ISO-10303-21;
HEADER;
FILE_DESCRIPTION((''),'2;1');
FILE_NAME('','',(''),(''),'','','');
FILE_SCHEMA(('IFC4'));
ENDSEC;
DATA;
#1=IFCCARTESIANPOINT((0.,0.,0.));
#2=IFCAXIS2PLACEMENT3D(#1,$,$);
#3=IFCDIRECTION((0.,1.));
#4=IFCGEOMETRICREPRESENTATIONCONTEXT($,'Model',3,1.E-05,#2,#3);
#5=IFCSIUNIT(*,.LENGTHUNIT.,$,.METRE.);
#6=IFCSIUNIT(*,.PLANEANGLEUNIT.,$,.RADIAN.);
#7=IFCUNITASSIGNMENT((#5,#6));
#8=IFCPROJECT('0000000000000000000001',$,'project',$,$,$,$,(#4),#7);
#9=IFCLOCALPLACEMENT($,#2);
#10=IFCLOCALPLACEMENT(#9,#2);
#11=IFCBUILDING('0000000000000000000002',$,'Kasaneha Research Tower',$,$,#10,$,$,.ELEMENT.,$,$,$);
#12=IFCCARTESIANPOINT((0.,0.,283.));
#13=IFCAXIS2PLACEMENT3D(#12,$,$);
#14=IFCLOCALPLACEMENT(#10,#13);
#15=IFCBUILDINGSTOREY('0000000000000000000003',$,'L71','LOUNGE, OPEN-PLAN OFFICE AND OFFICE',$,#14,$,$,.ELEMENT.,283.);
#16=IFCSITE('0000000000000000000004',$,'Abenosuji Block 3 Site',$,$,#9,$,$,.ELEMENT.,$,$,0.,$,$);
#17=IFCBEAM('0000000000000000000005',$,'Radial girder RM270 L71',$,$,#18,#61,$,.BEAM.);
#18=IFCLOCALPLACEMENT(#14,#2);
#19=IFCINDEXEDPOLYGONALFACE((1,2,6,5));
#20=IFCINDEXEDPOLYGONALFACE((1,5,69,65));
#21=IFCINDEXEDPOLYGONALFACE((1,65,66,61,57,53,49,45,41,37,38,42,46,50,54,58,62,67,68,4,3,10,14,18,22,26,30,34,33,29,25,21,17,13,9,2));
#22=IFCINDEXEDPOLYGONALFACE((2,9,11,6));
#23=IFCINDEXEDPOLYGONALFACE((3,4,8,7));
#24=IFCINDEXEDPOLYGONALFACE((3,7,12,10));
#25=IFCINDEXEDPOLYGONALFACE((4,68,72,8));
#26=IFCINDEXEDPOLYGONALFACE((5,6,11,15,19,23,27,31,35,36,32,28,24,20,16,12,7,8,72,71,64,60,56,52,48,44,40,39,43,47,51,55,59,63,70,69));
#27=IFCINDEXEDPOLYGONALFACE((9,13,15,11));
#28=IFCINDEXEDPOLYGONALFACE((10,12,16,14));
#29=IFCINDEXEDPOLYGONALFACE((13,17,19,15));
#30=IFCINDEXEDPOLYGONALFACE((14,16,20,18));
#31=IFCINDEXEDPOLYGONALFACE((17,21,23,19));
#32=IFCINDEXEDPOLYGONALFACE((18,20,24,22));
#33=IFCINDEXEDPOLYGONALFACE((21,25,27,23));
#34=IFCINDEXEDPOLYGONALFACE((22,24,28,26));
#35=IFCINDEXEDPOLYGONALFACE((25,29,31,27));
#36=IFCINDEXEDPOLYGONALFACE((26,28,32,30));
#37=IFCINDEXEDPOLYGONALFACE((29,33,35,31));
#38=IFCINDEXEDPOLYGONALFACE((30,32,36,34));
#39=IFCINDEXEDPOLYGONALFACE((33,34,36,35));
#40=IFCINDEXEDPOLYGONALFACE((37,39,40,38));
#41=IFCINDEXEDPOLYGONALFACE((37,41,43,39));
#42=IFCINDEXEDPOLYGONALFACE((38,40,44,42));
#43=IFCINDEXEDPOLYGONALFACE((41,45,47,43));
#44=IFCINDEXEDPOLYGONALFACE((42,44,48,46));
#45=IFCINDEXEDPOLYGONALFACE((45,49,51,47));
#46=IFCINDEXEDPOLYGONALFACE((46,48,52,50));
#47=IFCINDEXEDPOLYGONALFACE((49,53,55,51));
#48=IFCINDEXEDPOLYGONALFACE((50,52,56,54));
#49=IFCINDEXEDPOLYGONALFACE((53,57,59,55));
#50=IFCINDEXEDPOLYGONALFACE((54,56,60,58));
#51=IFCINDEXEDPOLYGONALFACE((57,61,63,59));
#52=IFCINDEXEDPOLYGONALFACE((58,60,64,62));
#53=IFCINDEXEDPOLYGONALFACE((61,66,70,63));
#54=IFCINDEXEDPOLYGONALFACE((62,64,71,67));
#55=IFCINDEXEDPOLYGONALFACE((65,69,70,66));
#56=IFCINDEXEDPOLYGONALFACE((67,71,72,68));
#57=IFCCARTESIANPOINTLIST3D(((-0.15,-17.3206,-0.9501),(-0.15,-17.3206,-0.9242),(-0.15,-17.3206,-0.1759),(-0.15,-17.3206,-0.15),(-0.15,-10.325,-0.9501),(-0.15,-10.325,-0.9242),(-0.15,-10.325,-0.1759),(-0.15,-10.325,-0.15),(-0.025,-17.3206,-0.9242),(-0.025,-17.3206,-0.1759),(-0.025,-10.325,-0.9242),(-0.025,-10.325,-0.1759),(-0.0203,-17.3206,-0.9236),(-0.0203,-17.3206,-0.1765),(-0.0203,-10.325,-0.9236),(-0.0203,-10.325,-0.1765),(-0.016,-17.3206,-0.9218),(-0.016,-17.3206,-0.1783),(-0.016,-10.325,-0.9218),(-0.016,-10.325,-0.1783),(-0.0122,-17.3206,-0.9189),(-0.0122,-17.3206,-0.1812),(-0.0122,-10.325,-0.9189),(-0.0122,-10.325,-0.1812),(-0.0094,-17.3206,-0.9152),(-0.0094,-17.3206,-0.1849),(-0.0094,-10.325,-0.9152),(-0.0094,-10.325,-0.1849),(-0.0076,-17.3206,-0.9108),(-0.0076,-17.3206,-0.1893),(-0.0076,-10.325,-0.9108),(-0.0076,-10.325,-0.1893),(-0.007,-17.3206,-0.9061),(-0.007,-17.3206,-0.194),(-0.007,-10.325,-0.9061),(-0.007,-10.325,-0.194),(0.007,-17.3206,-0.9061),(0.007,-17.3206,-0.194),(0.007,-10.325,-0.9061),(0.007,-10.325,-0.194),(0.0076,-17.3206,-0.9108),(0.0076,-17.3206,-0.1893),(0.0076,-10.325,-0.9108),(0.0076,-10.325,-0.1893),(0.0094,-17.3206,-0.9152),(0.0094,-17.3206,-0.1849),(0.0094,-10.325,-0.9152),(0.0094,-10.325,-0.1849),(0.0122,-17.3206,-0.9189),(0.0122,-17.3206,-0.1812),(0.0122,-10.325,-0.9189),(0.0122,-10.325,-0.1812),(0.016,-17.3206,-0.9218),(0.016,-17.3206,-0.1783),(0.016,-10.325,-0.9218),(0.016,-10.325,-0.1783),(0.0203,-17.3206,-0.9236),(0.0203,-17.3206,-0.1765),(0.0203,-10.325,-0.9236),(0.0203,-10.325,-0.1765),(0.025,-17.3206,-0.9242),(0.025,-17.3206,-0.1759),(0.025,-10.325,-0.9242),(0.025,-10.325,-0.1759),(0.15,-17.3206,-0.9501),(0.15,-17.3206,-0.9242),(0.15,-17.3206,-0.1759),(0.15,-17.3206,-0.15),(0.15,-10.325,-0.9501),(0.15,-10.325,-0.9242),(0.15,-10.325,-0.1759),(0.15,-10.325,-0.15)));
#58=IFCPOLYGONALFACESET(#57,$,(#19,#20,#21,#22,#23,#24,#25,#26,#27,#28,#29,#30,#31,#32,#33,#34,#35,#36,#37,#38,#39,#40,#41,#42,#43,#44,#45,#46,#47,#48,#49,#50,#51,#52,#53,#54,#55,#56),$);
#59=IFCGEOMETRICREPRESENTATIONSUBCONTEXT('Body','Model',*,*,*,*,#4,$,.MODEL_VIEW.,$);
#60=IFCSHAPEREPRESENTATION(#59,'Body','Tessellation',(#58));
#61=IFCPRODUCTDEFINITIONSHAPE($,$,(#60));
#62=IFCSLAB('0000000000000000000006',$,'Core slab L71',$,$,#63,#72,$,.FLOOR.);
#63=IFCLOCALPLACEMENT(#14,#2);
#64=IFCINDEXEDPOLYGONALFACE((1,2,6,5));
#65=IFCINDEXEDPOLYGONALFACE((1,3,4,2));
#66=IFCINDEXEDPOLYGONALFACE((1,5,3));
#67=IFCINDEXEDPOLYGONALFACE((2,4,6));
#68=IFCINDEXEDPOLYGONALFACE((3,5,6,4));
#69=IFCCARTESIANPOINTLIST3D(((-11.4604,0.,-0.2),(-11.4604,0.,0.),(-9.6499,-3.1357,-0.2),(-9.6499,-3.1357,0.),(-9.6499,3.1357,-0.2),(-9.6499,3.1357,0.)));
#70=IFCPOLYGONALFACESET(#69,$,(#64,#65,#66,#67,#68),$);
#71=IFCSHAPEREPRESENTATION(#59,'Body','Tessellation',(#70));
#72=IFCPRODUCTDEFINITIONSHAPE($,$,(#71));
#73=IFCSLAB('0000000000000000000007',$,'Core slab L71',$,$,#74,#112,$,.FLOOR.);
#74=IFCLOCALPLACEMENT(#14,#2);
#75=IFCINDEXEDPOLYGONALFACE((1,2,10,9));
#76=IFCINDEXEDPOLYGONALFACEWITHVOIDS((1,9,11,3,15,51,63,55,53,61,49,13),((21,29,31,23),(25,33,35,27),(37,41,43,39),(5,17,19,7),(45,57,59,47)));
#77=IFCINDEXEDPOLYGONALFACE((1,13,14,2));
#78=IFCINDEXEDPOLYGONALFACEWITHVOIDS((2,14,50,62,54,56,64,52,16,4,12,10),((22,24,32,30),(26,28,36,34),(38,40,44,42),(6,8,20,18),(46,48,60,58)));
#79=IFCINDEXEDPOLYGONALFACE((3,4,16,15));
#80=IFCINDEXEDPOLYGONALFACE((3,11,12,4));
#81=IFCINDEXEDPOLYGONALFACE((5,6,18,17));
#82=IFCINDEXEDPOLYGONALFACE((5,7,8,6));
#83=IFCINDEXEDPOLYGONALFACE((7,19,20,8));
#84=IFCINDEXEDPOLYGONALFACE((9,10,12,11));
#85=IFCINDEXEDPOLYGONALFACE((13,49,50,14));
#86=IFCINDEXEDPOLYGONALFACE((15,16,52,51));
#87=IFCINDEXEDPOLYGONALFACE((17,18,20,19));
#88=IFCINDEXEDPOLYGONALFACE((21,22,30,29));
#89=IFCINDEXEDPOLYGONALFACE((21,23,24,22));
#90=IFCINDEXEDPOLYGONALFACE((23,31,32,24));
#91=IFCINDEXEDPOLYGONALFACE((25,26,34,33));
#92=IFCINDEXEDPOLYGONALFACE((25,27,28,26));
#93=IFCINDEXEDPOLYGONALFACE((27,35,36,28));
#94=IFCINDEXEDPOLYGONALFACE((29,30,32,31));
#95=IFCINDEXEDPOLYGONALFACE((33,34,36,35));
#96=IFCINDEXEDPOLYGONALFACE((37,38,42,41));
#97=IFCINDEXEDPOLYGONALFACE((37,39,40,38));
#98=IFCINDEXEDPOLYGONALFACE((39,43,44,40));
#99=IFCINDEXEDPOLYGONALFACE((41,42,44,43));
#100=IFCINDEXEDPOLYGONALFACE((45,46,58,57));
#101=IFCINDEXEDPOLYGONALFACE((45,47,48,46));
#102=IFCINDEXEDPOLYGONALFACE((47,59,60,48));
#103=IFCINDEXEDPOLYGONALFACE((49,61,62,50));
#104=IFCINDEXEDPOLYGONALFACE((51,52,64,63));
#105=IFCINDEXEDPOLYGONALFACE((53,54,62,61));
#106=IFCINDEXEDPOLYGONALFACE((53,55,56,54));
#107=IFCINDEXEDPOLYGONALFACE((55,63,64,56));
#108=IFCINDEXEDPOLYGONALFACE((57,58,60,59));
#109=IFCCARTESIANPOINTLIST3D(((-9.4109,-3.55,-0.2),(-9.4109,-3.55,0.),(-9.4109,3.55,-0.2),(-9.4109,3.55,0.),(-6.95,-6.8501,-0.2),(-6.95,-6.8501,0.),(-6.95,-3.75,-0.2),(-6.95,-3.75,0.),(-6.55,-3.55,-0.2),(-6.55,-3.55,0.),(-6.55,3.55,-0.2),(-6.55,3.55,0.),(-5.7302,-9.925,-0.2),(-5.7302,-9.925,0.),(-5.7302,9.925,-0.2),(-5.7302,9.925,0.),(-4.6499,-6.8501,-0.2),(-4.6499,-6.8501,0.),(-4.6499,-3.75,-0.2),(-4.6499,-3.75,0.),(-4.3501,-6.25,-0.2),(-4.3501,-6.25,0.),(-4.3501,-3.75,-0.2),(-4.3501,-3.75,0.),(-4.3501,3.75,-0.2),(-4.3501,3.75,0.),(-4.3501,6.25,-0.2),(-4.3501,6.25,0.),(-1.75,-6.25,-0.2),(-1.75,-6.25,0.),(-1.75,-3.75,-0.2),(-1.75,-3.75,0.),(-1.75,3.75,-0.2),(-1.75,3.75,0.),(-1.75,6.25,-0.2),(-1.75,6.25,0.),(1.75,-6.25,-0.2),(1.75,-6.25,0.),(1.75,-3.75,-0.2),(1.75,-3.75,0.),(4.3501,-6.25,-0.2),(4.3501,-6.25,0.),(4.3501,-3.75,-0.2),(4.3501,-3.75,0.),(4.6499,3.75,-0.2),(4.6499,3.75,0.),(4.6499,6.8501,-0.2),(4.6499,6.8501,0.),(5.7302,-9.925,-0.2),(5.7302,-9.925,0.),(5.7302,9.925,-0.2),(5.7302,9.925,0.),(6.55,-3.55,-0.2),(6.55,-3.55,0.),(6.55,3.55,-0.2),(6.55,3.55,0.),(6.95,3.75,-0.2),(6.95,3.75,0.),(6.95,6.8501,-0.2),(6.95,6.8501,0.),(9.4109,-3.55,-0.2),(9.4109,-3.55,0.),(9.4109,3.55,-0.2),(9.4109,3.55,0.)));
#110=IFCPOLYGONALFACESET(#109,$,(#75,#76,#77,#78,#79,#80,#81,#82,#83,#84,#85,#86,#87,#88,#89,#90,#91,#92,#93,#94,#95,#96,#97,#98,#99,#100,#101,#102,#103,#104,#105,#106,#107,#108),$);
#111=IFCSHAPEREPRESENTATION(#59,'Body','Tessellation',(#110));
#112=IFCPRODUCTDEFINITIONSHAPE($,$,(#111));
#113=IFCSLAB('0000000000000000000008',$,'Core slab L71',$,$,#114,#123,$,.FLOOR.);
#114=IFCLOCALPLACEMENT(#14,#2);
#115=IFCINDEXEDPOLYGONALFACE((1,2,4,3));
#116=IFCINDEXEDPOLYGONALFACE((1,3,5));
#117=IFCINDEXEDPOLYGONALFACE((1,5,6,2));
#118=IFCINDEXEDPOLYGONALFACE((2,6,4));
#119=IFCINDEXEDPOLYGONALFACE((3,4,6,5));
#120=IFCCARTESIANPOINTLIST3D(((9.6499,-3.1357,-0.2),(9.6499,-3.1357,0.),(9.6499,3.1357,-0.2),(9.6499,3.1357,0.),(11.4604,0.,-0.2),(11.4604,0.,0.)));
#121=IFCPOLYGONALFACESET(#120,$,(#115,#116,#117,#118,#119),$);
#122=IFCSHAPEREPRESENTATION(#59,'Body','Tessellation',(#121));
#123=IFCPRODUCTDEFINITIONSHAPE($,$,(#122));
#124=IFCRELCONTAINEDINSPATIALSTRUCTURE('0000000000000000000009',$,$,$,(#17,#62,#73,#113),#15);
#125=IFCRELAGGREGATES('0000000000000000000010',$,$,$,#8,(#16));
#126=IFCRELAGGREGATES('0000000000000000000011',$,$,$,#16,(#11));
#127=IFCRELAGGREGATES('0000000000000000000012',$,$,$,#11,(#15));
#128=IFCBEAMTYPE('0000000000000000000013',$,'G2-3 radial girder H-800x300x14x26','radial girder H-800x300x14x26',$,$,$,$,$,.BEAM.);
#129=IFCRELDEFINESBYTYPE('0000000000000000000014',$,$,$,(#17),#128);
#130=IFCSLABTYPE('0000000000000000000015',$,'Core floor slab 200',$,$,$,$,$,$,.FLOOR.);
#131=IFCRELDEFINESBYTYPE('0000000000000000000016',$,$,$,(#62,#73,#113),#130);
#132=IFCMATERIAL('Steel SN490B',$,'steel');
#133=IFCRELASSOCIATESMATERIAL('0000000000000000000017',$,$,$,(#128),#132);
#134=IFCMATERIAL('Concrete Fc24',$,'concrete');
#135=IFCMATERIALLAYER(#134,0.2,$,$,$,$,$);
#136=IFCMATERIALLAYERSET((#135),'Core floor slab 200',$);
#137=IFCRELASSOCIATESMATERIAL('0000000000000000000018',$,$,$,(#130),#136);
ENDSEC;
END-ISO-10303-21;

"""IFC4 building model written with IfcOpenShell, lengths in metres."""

from ifc_helpers import new_model, si_unit, direction, frame, origin, origin_2d, place, context, subcontext, project, spatial, polyline, i_section, outline, extrude, material, layer, layer_set, material_profile, profile_set, type_object, element, save


model = new_model("IFC4")

# Units and contexts
model_context = context("Model", 3, precision=1e-05, world=origin(), true_north=direction((0.0, 1.0)))
body_context = subcontext(model_context, "Body", "Model", "MODEL_VIEW")
ifc_project = project(units=[si_unit("LENGTHUNIT", "METRE"), si_unit("PLANEANGLEUNIT", "RADIAN")], contexts=[model_context])

# Site, building, storey
site_placement = place(None, origin())
site = spatial("IfcSite", under=ifc_project, at=site_placement, Name="Abenosuji Block 3 Site", CompositionType="ELEMENT", RefElevation=0.0)
building_placement = place(site_placement, origin())
building = spatial("IfcBuilding", under=site, at=building_placement, Name="Kasaneha Research Tower", CompositionType="ELEMENT")
storey_placement = place(building_placement, frame((0.0, 0.0, 283.0)))
storey = spatial("IfcBuildingStorey", under=building, at=storey_placement, Name="L71", Description="LOUNGE, OPEN-PLAN OFFICE AND OFFICE", CompositionType="ELEMENT", Elevation=283.0)

# Beam
ifc_material_1 = material(Name="Steel SN490B", Category="steel")
ifc_material_profile = material_profile(ifc_material_1, i_section(OverallWidth=0.3, OverallDepth=0.8, WebThickness=0.0139, FlangeThickness=0.0259, FilletRadius=0.0181, at=origin_2d()), Name="H-800x300x14x26")
ifc_profile_set = profile_set([ifc_material_profile], Name="Steel SN490B")
beam_type = type_object("IfcBeamType", Name="G2-3 radial girder H-800x300x14x26", Description="radial girder H-800x300x14x26", PredefinedType="BEAM", material=ifc_profile_set)
beam_placement = place(storey_placement, frame((0.0, -10.325, -0.55), z_axis=(0.0, -1.0, 0.0), x_axis=(1.0, 0.0, 0.0)))
element("IfcBeam", 1, at=beam_placement, inside=storey, type_object=beam_type, Name="Radial girder RM270 L71", PredefinedType="BEAM", context=body_context, shape_type="SweptSolid", body=[
    extrude(i_section(OverallWidth=0.3, OverallDepth=0.8, WebThickness=0.0139, FlangeThickness=0.0259, FilletRadius=0.0181, at=origin_2d()), origin(), (0.0, 0.0, 1.0), 6.9956),
])

# Slabs
ifc_material_2 = material(Name="Concrete Fc24", Category="concrete")
ifc_layer_1 = layer(ifc_material_2, 0.2)
ifc_layer_set_1 = layer_set([ifc_layer_1], Name="Core floor slab 200")
slab_type_1 = type_object("IfcSlabType", Name="Core floor slab 200", PredefinedType="FLOOR", material=ifc_layer_set_1)
slab_1_placement = place(storey_placement, frame((0.0, 0.0, -0.2)))
element("IfcSlab", 2, at=slab_1_placement, inside=storey, type_object=slab_type_1, Name="Core slab L71", PredefinedType="FLOOR", context=body_context, shape_type="SweptSolid", body=[
    extrude(outline(polyline([(-11.4604, 0.0), (-9.6499, 3.1357), (-9.6499, -3.1357), (-11.4604, 0.0)])), origin(), (0.0, 0.0, 1.0), 0.2),
])
slab_2_placement = place(storey_placement, frame((0.0, 0.0, -0.2)))
element("IfcSlab", 3, at=slab_2_placement, inside=storey, type_object=slab_type_1, Name="Core slab L71", PredefinedType="FLOOR", context=body_context, shape_type="SweptSolid", body=[
    extrude(outline(polyline([(-5.7302, 9.925), (5.7302, 9.925), (9.4109, 3.55), (6.55, 3.55), (6.55, -3.55), (9.4109, -3.55), (5.7302, -9.925), (-5.7302, -9.925), (-9.4109, -3.55), (-6.55, -3.55), (-6.55, 3.55), (-9.4109, 3.55), (-5.7302, 9.925)]), holes=[polyline([(-6.95, -6.8501), (-4.6499, -6.8501), (-4.6499, -3.75), (-6.95, -3.75), (-6.95, -6.8501)]), polyline([(-4.3501, -3.75), (-4.3501, -6.25), (-1.75, -6.25), (-1.75, -3.75), (-4.3501, -3.75)]), polyline([(1.75, -3.75), (1.75, -6.25), (4.3501, -6.25), (4.3501, -3.75), (1.75, -3.75)]), polyline([(-4.3501, 6.25), (-4.3501, 3.75), (-1.75, 3.75), (-1.75, 6.25), (-4.3501, 6.25)]), polyline([(4.6499, 6.8501), (4.6499, 3.75), (6.95, 3.75), (6.95, 6.8501), (4.6499, 6.8501)])]), origin(), (0.0, 0.0, 1.0), 0.2),
])
slab_3_placement = place(storey_placement, frame((0.0, 0.0, -0.2)))
element("IfcSlab", 4, at=slab_3_placement, inside=storey, type_object=slab_type_1, Name="Core slab L71", PredefinedType="FLOOR", context=body_context, shape_type="SweptSolid", body=[
    extrude(outline(polyline([(11.4604, 0.0), (9.6499, -3.1357), (9.6499, 3.1357), (11.4604, 0.0)])), origin(), (0.0, 0.0, 1.0), 0.2),
])

save(model, "model.ifc")
